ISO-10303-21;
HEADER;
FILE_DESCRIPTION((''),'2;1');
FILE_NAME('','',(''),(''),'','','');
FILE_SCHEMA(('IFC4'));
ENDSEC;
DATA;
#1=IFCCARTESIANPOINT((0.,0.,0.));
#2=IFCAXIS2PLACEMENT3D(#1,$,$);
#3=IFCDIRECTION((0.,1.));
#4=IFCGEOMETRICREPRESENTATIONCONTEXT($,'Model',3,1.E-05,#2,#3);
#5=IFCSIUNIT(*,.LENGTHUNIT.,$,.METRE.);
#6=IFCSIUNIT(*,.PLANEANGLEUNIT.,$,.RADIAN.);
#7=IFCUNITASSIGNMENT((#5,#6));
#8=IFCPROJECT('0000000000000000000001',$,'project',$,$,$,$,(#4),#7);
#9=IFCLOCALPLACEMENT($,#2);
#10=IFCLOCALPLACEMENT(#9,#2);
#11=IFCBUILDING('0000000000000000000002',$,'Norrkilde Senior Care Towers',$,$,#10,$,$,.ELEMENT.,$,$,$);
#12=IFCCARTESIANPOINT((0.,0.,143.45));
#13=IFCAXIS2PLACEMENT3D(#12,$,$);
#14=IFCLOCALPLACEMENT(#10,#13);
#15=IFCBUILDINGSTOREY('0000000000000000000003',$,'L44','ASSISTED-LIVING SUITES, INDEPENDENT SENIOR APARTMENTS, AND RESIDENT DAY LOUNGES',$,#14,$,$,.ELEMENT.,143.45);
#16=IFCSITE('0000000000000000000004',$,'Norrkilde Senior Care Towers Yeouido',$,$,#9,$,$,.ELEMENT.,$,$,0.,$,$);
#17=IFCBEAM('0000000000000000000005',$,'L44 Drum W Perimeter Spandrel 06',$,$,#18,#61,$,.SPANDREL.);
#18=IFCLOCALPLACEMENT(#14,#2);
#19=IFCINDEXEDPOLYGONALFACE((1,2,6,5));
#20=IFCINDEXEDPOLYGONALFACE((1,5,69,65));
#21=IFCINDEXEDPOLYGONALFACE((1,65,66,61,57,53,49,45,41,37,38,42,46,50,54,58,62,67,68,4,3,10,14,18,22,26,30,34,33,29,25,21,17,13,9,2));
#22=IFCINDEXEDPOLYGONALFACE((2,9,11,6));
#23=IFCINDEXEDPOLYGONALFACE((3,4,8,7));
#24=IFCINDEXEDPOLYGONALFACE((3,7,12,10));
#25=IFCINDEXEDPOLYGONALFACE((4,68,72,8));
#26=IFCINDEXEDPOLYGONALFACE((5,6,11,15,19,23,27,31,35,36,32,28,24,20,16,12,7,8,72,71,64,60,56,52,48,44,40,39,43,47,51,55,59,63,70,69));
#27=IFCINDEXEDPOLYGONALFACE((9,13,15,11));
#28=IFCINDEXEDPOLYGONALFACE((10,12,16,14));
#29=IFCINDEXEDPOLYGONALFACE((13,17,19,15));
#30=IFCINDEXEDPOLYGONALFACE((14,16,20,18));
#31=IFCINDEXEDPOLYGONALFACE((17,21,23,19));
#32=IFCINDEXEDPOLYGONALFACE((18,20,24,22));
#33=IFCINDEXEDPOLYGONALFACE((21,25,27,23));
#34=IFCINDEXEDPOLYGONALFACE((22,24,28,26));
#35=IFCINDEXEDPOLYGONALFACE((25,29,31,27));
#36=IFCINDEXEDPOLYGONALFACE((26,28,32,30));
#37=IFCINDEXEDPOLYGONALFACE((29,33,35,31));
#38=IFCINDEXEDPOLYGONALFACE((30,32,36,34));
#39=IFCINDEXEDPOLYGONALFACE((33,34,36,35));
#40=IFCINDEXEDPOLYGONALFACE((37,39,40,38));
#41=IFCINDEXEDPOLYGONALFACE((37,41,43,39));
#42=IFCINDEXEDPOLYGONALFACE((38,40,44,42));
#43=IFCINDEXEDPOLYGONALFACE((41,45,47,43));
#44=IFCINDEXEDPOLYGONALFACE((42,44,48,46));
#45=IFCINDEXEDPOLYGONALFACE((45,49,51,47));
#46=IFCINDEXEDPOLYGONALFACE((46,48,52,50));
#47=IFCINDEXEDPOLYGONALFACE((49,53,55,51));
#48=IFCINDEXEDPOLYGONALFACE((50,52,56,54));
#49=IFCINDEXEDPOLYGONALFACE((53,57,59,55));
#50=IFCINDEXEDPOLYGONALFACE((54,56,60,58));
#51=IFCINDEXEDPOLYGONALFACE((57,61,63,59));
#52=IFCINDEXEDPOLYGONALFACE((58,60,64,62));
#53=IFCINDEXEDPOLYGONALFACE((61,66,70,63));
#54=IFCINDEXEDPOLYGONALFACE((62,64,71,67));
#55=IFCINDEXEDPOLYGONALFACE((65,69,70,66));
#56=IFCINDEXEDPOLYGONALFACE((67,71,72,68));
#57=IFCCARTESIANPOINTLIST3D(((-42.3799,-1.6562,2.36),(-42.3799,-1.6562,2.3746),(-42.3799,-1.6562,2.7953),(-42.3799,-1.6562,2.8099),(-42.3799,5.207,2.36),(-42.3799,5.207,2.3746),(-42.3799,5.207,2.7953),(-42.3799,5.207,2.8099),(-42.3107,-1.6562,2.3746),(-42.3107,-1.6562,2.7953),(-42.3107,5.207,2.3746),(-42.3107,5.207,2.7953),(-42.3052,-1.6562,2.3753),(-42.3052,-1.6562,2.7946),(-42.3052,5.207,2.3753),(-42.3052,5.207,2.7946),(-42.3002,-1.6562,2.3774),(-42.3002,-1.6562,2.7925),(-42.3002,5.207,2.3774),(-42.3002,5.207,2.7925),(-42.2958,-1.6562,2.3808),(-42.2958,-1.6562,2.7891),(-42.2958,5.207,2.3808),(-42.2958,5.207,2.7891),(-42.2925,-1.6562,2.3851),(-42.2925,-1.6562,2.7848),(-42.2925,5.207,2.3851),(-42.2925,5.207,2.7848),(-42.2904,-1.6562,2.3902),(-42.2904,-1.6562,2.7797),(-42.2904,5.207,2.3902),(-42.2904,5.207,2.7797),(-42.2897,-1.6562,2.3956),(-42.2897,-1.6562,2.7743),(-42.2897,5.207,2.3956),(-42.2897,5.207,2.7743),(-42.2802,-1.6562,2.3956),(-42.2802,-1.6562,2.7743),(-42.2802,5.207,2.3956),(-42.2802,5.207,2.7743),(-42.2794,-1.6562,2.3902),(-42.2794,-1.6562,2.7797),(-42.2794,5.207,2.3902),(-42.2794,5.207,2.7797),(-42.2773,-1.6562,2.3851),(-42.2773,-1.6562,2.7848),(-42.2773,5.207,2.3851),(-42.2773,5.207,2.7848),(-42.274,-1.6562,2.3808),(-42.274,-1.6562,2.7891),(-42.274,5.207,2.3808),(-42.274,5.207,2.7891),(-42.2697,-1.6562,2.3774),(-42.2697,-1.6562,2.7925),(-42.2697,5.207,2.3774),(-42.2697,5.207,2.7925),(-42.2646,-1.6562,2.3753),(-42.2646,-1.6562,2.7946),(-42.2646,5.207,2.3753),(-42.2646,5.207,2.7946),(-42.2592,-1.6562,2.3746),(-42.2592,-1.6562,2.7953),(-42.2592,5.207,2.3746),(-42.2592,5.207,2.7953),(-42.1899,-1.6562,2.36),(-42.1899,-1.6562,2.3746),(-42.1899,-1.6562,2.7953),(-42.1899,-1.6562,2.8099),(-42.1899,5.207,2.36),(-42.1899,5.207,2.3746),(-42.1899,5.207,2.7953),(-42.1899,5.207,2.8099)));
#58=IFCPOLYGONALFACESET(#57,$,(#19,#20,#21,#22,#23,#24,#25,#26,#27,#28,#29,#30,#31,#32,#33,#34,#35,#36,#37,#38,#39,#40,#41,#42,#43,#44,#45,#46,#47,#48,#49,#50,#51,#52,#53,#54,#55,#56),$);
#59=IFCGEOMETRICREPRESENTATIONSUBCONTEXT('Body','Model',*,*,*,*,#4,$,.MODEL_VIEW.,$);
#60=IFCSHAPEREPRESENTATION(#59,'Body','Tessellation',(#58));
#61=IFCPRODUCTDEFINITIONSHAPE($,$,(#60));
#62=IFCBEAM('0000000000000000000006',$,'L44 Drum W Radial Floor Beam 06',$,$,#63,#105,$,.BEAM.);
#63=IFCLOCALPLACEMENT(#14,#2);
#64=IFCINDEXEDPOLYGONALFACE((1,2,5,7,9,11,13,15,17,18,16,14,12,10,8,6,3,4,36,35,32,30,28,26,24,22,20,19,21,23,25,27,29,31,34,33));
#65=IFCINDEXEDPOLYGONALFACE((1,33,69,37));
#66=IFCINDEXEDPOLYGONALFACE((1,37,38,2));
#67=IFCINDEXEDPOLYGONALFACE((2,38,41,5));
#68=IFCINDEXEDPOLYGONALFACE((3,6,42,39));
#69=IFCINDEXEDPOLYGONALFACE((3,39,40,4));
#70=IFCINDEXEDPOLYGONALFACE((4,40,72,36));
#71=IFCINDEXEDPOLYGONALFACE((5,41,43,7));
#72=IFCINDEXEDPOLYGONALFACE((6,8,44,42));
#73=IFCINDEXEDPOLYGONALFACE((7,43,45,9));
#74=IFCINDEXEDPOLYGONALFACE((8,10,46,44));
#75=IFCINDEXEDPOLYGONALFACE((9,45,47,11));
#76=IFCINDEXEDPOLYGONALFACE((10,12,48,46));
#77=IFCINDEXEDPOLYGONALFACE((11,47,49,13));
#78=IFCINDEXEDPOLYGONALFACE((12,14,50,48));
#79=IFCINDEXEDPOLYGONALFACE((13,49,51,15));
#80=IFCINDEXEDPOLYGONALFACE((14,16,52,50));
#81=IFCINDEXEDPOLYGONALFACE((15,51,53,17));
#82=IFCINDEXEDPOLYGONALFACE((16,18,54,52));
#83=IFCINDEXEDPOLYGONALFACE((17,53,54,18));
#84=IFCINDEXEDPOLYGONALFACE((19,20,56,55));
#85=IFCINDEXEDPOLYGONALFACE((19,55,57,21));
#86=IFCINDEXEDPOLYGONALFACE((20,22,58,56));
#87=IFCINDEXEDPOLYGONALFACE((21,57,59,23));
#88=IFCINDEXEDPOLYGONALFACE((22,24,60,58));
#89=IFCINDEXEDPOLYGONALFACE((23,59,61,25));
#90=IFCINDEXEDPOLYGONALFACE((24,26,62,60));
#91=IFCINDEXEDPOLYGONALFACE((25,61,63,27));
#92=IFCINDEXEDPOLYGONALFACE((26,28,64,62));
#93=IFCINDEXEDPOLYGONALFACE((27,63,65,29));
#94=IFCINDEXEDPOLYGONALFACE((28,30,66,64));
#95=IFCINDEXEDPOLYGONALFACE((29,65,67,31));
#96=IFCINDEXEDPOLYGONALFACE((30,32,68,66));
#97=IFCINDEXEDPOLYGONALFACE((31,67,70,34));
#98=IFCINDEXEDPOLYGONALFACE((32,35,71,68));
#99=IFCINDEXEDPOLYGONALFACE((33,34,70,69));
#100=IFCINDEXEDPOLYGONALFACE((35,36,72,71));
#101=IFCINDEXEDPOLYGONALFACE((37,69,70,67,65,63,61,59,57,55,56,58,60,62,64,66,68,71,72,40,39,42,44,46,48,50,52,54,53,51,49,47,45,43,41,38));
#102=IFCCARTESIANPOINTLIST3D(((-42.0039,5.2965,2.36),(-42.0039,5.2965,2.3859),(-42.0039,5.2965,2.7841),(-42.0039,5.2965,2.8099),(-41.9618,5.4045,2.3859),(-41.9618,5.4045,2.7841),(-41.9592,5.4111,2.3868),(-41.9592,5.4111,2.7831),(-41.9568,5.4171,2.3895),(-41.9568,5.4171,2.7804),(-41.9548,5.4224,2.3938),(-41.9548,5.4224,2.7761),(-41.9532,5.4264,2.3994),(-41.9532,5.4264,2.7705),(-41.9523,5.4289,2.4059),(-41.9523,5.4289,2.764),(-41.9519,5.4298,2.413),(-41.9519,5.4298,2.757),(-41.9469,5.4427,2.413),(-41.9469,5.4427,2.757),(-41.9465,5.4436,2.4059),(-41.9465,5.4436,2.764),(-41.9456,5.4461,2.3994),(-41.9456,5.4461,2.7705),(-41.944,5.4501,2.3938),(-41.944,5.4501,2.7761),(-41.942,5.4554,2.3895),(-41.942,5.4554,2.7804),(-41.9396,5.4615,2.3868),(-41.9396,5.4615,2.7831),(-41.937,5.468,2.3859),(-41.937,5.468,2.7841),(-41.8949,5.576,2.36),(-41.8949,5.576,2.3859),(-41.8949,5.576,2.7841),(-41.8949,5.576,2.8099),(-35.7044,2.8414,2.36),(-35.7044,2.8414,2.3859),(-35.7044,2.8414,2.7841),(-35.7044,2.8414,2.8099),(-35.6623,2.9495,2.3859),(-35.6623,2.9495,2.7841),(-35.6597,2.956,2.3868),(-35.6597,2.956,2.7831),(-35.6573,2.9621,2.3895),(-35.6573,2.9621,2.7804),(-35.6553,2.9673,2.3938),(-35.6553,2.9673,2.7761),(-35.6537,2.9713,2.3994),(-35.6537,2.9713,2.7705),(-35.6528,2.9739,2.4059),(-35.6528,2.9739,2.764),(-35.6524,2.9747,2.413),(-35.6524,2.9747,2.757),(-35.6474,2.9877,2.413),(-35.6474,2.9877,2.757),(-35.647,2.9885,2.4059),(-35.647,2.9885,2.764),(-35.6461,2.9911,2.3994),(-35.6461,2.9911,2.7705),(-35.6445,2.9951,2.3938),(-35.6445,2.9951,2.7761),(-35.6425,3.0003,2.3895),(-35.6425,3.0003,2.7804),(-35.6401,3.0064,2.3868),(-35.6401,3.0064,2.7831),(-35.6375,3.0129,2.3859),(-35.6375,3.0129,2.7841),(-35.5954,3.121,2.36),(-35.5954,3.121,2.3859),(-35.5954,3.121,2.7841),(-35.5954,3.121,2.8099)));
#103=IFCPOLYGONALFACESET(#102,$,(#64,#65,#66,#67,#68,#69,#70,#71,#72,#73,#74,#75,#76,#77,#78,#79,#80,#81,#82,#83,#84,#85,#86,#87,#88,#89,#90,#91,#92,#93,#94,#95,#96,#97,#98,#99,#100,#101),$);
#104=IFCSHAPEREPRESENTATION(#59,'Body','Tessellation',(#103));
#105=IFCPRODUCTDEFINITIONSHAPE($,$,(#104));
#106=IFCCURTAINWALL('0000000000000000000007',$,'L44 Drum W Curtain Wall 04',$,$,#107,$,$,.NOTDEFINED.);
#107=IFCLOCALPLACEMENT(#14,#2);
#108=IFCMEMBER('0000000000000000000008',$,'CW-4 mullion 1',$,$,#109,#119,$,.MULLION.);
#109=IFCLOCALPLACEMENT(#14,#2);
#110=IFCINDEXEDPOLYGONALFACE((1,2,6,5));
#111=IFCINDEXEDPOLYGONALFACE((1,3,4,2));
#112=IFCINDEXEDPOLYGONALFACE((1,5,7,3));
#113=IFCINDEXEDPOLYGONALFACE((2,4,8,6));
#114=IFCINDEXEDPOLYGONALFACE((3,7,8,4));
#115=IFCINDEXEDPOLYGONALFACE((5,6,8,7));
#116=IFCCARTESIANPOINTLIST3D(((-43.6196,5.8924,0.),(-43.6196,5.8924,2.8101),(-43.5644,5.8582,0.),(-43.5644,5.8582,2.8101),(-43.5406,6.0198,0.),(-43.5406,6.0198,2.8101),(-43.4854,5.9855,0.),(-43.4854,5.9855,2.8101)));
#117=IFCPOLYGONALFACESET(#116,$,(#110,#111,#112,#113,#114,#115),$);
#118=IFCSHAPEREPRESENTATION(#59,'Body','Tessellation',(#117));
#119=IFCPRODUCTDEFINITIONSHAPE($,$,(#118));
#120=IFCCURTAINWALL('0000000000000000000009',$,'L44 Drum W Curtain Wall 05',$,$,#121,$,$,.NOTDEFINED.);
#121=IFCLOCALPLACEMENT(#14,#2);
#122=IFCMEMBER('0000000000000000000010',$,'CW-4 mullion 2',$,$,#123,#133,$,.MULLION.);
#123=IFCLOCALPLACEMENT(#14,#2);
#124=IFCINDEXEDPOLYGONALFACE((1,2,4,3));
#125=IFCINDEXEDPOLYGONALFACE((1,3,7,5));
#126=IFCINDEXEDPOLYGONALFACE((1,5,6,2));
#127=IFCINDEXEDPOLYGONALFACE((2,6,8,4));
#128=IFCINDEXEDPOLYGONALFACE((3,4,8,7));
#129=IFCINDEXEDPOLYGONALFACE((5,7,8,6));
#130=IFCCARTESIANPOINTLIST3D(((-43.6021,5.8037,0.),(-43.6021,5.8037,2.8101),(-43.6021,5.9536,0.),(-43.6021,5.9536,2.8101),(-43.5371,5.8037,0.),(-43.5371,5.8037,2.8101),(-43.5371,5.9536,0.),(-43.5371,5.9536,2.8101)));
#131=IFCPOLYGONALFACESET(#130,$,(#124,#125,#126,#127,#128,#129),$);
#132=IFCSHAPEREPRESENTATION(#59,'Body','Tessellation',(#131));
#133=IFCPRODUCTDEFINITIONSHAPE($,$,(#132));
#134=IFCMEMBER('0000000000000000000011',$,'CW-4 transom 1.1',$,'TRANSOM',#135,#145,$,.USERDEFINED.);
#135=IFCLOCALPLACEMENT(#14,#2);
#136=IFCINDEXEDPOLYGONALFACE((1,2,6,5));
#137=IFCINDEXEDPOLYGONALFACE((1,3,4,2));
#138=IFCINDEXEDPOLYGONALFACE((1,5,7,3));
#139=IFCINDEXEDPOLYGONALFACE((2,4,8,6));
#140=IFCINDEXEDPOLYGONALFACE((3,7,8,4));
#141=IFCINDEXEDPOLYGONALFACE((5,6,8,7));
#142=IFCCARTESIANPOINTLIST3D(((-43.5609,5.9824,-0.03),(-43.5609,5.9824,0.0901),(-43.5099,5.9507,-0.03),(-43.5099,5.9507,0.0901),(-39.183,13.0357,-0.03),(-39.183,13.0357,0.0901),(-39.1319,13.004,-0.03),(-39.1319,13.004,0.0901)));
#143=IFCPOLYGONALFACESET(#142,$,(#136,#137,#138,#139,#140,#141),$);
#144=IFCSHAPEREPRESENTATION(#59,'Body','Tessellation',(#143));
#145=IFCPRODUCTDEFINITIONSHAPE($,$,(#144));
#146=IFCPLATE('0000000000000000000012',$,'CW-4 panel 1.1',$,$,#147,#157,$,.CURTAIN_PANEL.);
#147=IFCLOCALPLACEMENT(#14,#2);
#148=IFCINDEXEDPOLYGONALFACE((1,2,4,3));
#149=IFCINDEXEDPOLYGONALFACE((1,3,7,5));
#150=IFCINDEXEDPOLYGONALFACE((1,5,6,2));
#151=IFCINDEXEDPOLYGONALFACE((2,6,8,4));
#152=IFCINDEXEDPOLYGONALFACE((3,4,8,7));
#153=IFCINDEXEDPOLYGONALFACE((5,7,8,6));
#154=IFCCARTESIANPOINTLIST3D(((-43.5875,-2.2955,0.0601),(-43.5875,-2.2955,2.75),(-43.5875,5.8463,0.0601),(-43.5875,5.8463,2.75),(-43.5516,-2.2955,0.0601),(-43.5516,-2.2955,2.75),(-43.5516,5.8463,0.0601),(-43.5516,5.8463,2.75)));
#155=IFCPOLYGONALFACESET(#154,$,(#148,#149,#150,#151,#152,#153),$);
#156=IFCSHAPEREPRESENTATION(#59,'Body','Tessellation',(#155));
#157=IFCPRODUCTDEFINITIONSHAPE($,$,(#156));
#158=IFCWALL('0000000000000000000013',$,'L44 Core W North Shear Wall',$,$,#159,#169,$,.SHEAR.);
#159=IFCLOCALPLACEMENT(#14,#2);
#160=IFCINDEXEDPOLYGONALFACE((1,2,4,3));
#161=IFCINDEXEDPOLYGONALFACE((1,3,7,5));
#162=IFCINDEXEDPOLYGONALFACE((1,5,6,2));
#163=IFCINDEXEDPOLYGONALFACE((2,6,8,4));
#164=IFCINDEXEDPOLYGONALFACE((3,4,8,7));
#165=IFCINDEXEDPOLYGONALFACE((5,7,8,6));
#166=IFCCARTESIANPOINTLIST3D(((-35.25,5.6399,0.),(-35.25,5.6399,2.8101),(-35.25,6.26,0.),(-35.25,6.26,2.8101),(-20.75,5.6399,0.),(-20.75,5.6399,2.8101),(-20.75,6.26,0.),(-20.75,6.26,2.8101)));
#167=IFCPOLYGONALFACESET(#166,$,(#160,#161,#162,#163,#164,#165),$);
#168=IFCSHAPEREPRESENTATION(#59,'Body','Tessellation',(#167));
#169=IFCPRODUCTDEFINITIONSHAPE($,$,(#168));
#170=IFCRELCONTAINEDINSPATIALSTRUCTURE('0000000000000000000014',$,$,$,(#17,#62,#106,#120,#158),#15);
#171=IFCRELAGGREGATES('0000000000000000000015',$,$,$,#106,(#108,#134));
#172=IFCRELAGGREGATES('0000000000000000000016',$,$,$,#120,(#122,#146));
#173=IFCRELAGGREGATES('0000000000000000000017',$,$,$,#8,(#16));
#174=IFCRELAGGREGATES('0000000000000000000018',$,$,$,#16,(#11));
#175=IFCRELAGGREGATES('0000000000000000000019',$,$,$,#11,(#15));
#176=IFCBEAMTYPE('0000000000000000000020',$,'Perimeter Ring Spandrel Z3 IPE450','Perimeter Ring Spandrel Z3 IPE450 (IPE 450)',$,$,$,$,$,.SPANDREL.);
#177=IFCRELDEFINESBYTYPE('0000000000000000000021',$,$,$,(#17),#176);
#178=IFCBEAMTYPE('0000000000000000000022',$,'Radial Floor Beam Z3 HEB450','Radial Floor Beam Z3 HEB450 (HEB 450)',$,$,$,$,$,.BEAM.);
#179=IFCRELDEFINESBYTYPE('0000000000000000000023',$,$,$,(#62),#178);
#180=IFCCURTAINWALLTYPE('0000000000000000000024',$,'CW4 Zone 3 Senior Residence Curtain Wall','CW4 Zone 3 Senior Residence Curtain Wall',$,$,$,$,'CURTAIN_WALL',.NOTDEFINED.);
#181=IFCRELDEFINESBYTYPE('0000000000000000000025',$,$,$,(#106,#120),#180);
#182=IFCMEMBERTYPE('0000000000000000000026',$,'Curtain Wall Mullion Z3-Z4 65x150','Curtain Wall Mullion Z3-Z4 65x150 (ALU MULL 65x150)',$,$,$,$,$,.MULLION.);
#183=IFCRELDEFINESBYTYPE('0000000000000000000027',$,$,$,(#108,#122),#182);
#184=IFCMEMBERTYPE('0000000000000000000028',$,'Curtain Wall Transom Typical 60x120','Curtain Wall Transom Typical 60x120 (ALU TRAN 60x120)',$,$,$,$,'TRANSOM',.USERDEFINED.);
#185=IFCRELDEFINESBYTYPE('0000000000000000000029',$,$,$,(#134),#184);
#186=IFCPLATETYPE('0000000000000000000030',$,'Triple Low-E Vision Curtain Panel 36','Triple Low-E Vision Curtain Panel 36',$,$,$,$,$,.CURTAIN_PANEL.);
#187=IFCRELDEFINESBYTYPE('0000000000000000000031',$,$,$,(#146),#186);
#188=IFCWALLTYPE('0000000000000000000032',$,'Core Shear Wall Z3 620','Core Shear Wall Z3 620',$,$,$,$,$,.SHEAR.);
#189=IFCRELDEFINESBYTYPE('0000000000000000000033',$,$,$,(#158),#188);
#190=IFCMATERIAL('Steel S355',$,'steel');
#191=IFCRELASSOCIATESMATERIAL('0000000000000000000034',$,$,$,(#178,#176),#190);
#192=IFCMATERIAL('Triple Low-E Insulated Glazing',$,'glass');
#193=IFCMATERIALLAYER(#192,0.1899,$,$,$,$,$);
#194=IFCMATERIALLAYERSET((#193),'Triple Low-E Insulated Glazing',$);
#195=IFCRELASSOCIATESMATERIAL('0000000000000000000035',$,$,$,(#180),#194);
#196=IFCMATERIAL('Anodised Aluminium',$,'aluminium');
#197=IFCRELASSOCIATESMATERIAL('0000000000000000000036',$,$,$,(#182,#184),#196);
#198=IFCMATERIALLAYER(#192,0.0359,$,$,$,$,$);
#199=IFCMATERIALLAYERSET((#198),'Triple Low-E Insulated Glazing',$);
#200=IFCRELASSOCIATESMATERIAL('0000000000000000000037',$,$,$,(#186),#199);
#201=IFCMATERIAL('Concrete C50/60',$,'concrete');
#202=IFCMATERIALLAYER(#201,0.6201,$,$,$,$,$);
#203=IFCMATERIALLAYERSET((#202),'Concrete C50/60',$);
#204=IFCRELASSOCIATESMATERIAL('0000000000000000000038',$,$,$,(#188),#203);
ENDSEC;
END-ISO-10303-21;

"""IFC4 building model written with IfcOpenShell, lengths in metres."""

from ifc_helpers import new_model, si_unit, direction, frame, frame_2d, origin, origin_2d, place, context, subcontext, project, spatial, rectangle, i_section, extrude, source, transform, mapped, material, layer, layer_set, material_profile, profile_set, type_object, type_shapes, element, aggregate, save


model = new_model("IFC4")

# Units and contexts
model_context = context("Model", 3, precision=1e-05, world=origin(), true_north=direction((0.0, 1.0)))
body_context = subcontext(model_context, "Body", "Model", "MODEL_VIEW")
ifc_project = project(units=[si_unit("LENGTHUNIT", "METRE"), si_unit("PLANEANGLEUNIT", "RADIAN")], contexts=[model_context])

# Site, building, storey
site_placement = place(None, origin())
site = spatial("IfcSite", under=ifc_project, at=site_placement, Name="Norrkilde Senior Care Towers Yeouido", CompositionType="ELEMENT", RefElevation=0.0)
building_placement = place(site_placement, origin())
building = spatial("IfcBuilding", under=site, at=building_placement, Name="Norrkilde Senior Care Towers", CompositionType="ELEMENT")
storey_placement = place(building_placement, frame((0.0, 0.0, 143.45)))
storey = spatial("IfcBuildingStorey", under=building, at=storey_placement, Name="L44", Description="ASSISTED-LIVING SUITES, INDEPENDENT SENIOR APARTMENTS, AND RESIDENT DAY LOUNGES", CompositionType="ELEMENT", Elevation=143.45)

# Shared definitions
ifc_material_1 = material(Name="Concrete C50/60", Category="concrete")

# Beams
ifc_material_2 = material(Name="Steel S355", Category="steel")
ifc_material_profile_1 = material_profile(ifc_material_2, i_section(OverallWidth=0.3, OverallDepth=0.45, WebThickness=0.0139, FlangeThickness=0.0259, FilletRadius=0.0271, at=origin_2d()), Name="HEB 450")
ifc_profile_set_1 = profile_set([ifc_material_profile_1], Name="Steel S355")
beam_type_1 = type_object("IfcBeamType", Name="Radial Floor Beam Z3 HEB450", Description="Radial Floor Beam Z3 HEB450 (HEB 450)", PredefinedType="BEAM", material=ifc_profile_set_1)
ifc_material_profile_2 = material_profile(ifc_material_2, i_section(OverallWidth=0.1899, OverallDepth=0.45, WebThickness=0.0095, FlangeThickness=0.0146, FilletRadius=0.021, at=origin_2d()), Name="IPE 450")
ifc_profile_set_2 = profile_set([ifc_material_profile_2], Name="Steel S355")
beam_type_2 = type_object("IfcBeamType", Name="Perimeter Ring Spandrel Z3 IPE450", Description="Perimeter Ring Spandrel Z3 IPE450 (IPE 450)", PredefinedType="SPANDREL", material=ifc_profile_set_2)
shared_shape_1 = source(origin(), body_context, "Body", "SweptSolid", [
    extrude(i_section(OverallWidth=0.1899, OverallDepth=0.45, WebThickness=0.0095, FlangeThickness=0.0146, FilletRadius=0.021, at=origin_2d()), origin(), (0.0, 0.0, 1.0), 6.8633),
])
type_shapes(beam_type_2, [shared_shape_1])
beam_1_placement = place(storey_placement, frame((-42.2849, 5.207, 2.585), z_axis=(0.0, -1.0, 0.0), x_axis=(1.0, 0.0, 0.0)))
element("IfcBeam", 1, at=beam_1_placement, inside=storey, type_object=beam_type_2, Name="L44 Drum W Perimeter Spandrel 06", PredefinedType="SPANDREL", context=body_context, shape_type="MappedRepresentation", body=[
    mapped(shared_shape_1, transform((0.0, 0.0, 0.0), x_axis=(1.0, 0.0, 0.0), y_axis=(0.0, 1.0, 0.0), z_axis=(0.0, 0.0, 1.0), scale=1.0)),
])
shared_shape_2 = source(origin(), body_context, "Body", "SweptSolid", [
    extrude(i_section(OverallWidth=0.3, OverallDepth=0.45, WebThickness=0.0139, FlangeThickness=0.0259, FilletRadius=0.0271, at=origin_2d()), origin(), (0.0, 0.0, 1.0), 6.761),
])
beam_2_placement = place(storey_placement, frame((-35.6499, 2.9812, 2.585), z_axis=(-0.931742, 0.363121, 0.0), x_axis=(-0.363121, -0.931742, 0.0)))
element("IfcBeam", 2, at=beam_2_placement, inside=storey, type_object=beam_type_1, Name="L44 Drum W Radial Floor Beam 06", PredefinedType="BEAM", context=body_context, shape_type="MappedRepresentation", body=[
    mapped(shared_shape_2, transform((0.0, 0.0, 0.0), x_axis=(1.0, 0.0, 0.0), y_axis=(0.0, 1.0, 0.0), z_axis=(0.0, 0.0, 1.0), scale=1.0)),
])

# Curtain walls, members
ifc_material_3 = material(Name="Triple Low-E Insulated Glazing", Category="glass")
ifc_layer_1 = layer(ifc_material_3, 0.1899)
ifc_layer_set_1 = layer_set([ifc_layer_1], Name="Triple Low-E Insulated Glazing")
curtain_wall_type = type_object("IfcCurtainWallType", Name="CW4 Zone 3 Senior Residence Curtain Wall", Description="CW4 Zone 3 Senior Residence Curtain Wall", ElementType="CURTAIN_WALL", PredefinedType="NOTDEFINED", material=ifc_layer_set_1)
curtain_wall_1_placement = place(storey_placement, origin())
curtain_wall_1 = element("IfcCurtainWall", 3, at=curtain_wall_1_placement, inside=storey, type_object=curtain_wall_type, Name="L44 Drum W Curtain Wall 04", PredefinedType="NOTDEFINED")
ifc_material_4 = material(Name="Anodised Aluminium", Category="aluminium")
ifc_material_profile_3 = material_profile(ifc_material_4, rectangle(XDim=0.0649, YDim=0.1499, at=origin_2d()), Name="ALU MULL 65x150")
ifc_profile_set_3 = profile_set([ifc_material_profile_3], Name="Anodised Aluminium")
member_type_1 = type_object("IfcMemberType", Name="Curtain Wall Mullion Z3-Z4 65x150", Description="Curtain Wall Mullion Z3-Z4 65x150 (ALU MULL 65x150)", PredefinedType="MULLION", material=ifc_profile_set_3)
shared_shape_3 = source(origin(), body_context, "Body", "SweptSolid", [
    extrude(rectangle(XDim=0.0649, YDim=0.1499, at=origin_2d()), origin(), (0.0, 0.0, 1.0), 2.8101),
])
type_shapes(member_type_1, [shared_shape_3])
member_1_placement = place(storey_placement, frame((-43.5525, 5.939, 0.0), z_axis=(0.0, 0.0, 1.0), x_axis=(-0.849634, 0.527373, 0.0)))
member_1 = element("IfcMember", 4, at=member_1_placement, type_object=member_type_1, Name="CW-4 mullion 1", PredefinedType="MULLION", context=body_context, shape_type="MappedRepresentation", body=[
    mapped(shared_shape_3, transform((0.0, 0.0, 0.0), x_axis=(1.0, 0.0, 0.0), y_axis=(0.0, 1.0, 0.0), z_axis=(0.0, 0.0, 1.0), scale=1.0)),
])
curtain_wall_2_placement = place(storey_placement, origin())
curtain_wall_2 = element("IfcCurtainWall", 5, at=curtain_wall_2_placement, inside=storey, type_object=curtain_wall_type, Name="L44 Drum W Curtain Wall 05", PredefinedType="NOTDEFINED")
member_2_placement = place(storey_placement, frame((-43.5696, 5.8787, 0.0), z_axis=(0.0, 0.0, 1.0), x_axis=(-1.0, 0.0, 0.0)))
member_2 = element("IfcMember", 6, at=member_2_placement, type_object=member_type_1, Name="CW-4 mullion 2", PredefinedType="MULLION", context=body_context, shape_type="MappedRepresentation", body=[
    mapped(shared_shape_3, transform((0.0, 0.0, 0.0), x_axis=(1.0, 0.0, 0.0), y_axis=(0.0, 1.0, 0.0), z_axis=(0.0, 0.0, 1.0), scale=1.0)),
])

# Member
ifc_material_profile_4 = material_profile(ifc_material_4, rectangle(XDim=0.0601, YDim=0.1201, at=origin_2d()), Name="ALU TRAN 60x120")
ifc_profile_set_4 = profile_set([ifc_material_profile_4], Name="Anodised Aluminium")
member_type_2 = type_object("IfcMemberType", Name="Curtain Wall Transom Typical 60x120", Description="Curtain Wall Transom Typical 60x120 (ALU TRAN 60x120)", ElementType="TRANSOM", PredefinedType="USERDEFINED", material=ifc_profile_set_4)
shared_shape_4 = source(origin(), body_context, "Body", "SweptSolid", [
    extrude(rectangle(XDim=0.0601, YDim=0.1201, at=origin_2d()), origin(), (0.0, 0.0, 1.0), 8.3015),
])
type_shapes(member_type_2, [shared_shape_4])
member_3_placement = place(storey_placement, frame((-43.5354, 5.9666, 0.03), z_axis=(0.527369, 0.849637, 0.0), x_axis=(-0.849637, 0.527369, 0.0)))
member_3 = element("IfcMember", 7, at=member_3_placement, type_object=member_type_2, Name="CW-4 transom 1.1", ObjectType="TRANSOM", PredefinedType="USERDEFINED", context=body_context, shape_type="MappedRepresentation", body=[
    mapped(shared_shape_4, transform((0.0, 0.0, 0.0), x_axis=(1.0, 0.0, 0.0), y_axis=(0.0, 1.0, 0.0), z_axis=(0.0, 0.0, 1.0), scale=1.0)),
])
aggregate(curtain_wall_1, [member_1, member_3])

# Plate
ifc_layer_2 = layer(ifc_material_3, 0.0359)
ifc_layer_set_2 = layer_set([ifc_layer_2], Name="Triple Low-E Insulated Glazing")
plate_type = type_object("IfcPlateType", Name="Triple Low-E Vision Curtain Panel 36", Description="Triple Low-E Vision Curtain Panel 36", PredefinedType="CURTAIN_PANEL", material=ifc_layer_set_2)
shared_shape_5 = source(origin(), body_context, "Body", "SweptSolid", [
    extrude(rectangle(XDim=8.1418, YDim=0.0359, at=origin_2d()), origin(), (0.0, 0.0, 1.0), 2.6899),
])
type_shapes(plate_type, [shared_shape_5])
plate_placement = place(storey_placement, frame((-43.5696, 1.7754, 0.0601), z_axis=(0.0, 0.0, 1.0), x_axis=(0.0, 1.0, 0.0)))
plate = element("IfcPlate", 8, at=plate_placement, type_object=plate_type, Name="CW-4 panel 1.1", PredefinedType="CURTAIN_PANEL", context=body_context, shape_type="MappedRepresentation", body=[
    mapped(shared_shape_5, transform((0.0, 0.0, 0.0), x_axis=(1.0, 0.0, 0.0), y_axis=(0.0, 1.0, 0.0), z_axis=(0.0, 0.0, 1.0), scale=1.0)),
])
aggregate(curtain_wall_2, [member_2, plate])

# Wall
ifc_layer_3 = layer(ifc_material_1, 0.6201)
ifc_layer_set_3 = layer_set([ifc_layer_3], Name="Concrete C50/60")
wall_type_1 = type_object("IfcWallType", Name="Core Shear Wall Z3 620", Description="Core Shear Wall Z3 620", PredefinedType="SHEAR", material=ifc_layer_set_3)
shared_shape_6 = source(origin(), body_context, "Body", "SweptSolid", [
    extrude(rectangle(XDim=14.5, YDim=0.6201, at=frame_2d((7.25, 0.0))), origin(), (0.0, 0.0, 1.0), 2.8101),
])
type_shapes(wall_type_1, [shared_shape_6])
wall_1_placement = place(storey_placement, frame((-35.25, 5.95, 0.0), z_axis=(0.0, 0.0, 1.0), x_axis=(1.0, 0.0, 0.0)))
element("IfcWall", 9, at=wall_1_placement, inside=storey, type_object=wall_type_1, Name="L44 Core W North Shear Wall", PredefinedType="SHEAR", context=body_context, shape_type="MappedRepresentation", body=[
    mapped(shared_shape_6, transform((0.0, 0.0, 0.0), x_axis=(1.0, 0.0, 0.0), y_axis=(0.0, 1.0, 0.0), z_axis=(0.0, 0.0, 1.0), scale=1.0)),
])

save(model, "model.ifc")
